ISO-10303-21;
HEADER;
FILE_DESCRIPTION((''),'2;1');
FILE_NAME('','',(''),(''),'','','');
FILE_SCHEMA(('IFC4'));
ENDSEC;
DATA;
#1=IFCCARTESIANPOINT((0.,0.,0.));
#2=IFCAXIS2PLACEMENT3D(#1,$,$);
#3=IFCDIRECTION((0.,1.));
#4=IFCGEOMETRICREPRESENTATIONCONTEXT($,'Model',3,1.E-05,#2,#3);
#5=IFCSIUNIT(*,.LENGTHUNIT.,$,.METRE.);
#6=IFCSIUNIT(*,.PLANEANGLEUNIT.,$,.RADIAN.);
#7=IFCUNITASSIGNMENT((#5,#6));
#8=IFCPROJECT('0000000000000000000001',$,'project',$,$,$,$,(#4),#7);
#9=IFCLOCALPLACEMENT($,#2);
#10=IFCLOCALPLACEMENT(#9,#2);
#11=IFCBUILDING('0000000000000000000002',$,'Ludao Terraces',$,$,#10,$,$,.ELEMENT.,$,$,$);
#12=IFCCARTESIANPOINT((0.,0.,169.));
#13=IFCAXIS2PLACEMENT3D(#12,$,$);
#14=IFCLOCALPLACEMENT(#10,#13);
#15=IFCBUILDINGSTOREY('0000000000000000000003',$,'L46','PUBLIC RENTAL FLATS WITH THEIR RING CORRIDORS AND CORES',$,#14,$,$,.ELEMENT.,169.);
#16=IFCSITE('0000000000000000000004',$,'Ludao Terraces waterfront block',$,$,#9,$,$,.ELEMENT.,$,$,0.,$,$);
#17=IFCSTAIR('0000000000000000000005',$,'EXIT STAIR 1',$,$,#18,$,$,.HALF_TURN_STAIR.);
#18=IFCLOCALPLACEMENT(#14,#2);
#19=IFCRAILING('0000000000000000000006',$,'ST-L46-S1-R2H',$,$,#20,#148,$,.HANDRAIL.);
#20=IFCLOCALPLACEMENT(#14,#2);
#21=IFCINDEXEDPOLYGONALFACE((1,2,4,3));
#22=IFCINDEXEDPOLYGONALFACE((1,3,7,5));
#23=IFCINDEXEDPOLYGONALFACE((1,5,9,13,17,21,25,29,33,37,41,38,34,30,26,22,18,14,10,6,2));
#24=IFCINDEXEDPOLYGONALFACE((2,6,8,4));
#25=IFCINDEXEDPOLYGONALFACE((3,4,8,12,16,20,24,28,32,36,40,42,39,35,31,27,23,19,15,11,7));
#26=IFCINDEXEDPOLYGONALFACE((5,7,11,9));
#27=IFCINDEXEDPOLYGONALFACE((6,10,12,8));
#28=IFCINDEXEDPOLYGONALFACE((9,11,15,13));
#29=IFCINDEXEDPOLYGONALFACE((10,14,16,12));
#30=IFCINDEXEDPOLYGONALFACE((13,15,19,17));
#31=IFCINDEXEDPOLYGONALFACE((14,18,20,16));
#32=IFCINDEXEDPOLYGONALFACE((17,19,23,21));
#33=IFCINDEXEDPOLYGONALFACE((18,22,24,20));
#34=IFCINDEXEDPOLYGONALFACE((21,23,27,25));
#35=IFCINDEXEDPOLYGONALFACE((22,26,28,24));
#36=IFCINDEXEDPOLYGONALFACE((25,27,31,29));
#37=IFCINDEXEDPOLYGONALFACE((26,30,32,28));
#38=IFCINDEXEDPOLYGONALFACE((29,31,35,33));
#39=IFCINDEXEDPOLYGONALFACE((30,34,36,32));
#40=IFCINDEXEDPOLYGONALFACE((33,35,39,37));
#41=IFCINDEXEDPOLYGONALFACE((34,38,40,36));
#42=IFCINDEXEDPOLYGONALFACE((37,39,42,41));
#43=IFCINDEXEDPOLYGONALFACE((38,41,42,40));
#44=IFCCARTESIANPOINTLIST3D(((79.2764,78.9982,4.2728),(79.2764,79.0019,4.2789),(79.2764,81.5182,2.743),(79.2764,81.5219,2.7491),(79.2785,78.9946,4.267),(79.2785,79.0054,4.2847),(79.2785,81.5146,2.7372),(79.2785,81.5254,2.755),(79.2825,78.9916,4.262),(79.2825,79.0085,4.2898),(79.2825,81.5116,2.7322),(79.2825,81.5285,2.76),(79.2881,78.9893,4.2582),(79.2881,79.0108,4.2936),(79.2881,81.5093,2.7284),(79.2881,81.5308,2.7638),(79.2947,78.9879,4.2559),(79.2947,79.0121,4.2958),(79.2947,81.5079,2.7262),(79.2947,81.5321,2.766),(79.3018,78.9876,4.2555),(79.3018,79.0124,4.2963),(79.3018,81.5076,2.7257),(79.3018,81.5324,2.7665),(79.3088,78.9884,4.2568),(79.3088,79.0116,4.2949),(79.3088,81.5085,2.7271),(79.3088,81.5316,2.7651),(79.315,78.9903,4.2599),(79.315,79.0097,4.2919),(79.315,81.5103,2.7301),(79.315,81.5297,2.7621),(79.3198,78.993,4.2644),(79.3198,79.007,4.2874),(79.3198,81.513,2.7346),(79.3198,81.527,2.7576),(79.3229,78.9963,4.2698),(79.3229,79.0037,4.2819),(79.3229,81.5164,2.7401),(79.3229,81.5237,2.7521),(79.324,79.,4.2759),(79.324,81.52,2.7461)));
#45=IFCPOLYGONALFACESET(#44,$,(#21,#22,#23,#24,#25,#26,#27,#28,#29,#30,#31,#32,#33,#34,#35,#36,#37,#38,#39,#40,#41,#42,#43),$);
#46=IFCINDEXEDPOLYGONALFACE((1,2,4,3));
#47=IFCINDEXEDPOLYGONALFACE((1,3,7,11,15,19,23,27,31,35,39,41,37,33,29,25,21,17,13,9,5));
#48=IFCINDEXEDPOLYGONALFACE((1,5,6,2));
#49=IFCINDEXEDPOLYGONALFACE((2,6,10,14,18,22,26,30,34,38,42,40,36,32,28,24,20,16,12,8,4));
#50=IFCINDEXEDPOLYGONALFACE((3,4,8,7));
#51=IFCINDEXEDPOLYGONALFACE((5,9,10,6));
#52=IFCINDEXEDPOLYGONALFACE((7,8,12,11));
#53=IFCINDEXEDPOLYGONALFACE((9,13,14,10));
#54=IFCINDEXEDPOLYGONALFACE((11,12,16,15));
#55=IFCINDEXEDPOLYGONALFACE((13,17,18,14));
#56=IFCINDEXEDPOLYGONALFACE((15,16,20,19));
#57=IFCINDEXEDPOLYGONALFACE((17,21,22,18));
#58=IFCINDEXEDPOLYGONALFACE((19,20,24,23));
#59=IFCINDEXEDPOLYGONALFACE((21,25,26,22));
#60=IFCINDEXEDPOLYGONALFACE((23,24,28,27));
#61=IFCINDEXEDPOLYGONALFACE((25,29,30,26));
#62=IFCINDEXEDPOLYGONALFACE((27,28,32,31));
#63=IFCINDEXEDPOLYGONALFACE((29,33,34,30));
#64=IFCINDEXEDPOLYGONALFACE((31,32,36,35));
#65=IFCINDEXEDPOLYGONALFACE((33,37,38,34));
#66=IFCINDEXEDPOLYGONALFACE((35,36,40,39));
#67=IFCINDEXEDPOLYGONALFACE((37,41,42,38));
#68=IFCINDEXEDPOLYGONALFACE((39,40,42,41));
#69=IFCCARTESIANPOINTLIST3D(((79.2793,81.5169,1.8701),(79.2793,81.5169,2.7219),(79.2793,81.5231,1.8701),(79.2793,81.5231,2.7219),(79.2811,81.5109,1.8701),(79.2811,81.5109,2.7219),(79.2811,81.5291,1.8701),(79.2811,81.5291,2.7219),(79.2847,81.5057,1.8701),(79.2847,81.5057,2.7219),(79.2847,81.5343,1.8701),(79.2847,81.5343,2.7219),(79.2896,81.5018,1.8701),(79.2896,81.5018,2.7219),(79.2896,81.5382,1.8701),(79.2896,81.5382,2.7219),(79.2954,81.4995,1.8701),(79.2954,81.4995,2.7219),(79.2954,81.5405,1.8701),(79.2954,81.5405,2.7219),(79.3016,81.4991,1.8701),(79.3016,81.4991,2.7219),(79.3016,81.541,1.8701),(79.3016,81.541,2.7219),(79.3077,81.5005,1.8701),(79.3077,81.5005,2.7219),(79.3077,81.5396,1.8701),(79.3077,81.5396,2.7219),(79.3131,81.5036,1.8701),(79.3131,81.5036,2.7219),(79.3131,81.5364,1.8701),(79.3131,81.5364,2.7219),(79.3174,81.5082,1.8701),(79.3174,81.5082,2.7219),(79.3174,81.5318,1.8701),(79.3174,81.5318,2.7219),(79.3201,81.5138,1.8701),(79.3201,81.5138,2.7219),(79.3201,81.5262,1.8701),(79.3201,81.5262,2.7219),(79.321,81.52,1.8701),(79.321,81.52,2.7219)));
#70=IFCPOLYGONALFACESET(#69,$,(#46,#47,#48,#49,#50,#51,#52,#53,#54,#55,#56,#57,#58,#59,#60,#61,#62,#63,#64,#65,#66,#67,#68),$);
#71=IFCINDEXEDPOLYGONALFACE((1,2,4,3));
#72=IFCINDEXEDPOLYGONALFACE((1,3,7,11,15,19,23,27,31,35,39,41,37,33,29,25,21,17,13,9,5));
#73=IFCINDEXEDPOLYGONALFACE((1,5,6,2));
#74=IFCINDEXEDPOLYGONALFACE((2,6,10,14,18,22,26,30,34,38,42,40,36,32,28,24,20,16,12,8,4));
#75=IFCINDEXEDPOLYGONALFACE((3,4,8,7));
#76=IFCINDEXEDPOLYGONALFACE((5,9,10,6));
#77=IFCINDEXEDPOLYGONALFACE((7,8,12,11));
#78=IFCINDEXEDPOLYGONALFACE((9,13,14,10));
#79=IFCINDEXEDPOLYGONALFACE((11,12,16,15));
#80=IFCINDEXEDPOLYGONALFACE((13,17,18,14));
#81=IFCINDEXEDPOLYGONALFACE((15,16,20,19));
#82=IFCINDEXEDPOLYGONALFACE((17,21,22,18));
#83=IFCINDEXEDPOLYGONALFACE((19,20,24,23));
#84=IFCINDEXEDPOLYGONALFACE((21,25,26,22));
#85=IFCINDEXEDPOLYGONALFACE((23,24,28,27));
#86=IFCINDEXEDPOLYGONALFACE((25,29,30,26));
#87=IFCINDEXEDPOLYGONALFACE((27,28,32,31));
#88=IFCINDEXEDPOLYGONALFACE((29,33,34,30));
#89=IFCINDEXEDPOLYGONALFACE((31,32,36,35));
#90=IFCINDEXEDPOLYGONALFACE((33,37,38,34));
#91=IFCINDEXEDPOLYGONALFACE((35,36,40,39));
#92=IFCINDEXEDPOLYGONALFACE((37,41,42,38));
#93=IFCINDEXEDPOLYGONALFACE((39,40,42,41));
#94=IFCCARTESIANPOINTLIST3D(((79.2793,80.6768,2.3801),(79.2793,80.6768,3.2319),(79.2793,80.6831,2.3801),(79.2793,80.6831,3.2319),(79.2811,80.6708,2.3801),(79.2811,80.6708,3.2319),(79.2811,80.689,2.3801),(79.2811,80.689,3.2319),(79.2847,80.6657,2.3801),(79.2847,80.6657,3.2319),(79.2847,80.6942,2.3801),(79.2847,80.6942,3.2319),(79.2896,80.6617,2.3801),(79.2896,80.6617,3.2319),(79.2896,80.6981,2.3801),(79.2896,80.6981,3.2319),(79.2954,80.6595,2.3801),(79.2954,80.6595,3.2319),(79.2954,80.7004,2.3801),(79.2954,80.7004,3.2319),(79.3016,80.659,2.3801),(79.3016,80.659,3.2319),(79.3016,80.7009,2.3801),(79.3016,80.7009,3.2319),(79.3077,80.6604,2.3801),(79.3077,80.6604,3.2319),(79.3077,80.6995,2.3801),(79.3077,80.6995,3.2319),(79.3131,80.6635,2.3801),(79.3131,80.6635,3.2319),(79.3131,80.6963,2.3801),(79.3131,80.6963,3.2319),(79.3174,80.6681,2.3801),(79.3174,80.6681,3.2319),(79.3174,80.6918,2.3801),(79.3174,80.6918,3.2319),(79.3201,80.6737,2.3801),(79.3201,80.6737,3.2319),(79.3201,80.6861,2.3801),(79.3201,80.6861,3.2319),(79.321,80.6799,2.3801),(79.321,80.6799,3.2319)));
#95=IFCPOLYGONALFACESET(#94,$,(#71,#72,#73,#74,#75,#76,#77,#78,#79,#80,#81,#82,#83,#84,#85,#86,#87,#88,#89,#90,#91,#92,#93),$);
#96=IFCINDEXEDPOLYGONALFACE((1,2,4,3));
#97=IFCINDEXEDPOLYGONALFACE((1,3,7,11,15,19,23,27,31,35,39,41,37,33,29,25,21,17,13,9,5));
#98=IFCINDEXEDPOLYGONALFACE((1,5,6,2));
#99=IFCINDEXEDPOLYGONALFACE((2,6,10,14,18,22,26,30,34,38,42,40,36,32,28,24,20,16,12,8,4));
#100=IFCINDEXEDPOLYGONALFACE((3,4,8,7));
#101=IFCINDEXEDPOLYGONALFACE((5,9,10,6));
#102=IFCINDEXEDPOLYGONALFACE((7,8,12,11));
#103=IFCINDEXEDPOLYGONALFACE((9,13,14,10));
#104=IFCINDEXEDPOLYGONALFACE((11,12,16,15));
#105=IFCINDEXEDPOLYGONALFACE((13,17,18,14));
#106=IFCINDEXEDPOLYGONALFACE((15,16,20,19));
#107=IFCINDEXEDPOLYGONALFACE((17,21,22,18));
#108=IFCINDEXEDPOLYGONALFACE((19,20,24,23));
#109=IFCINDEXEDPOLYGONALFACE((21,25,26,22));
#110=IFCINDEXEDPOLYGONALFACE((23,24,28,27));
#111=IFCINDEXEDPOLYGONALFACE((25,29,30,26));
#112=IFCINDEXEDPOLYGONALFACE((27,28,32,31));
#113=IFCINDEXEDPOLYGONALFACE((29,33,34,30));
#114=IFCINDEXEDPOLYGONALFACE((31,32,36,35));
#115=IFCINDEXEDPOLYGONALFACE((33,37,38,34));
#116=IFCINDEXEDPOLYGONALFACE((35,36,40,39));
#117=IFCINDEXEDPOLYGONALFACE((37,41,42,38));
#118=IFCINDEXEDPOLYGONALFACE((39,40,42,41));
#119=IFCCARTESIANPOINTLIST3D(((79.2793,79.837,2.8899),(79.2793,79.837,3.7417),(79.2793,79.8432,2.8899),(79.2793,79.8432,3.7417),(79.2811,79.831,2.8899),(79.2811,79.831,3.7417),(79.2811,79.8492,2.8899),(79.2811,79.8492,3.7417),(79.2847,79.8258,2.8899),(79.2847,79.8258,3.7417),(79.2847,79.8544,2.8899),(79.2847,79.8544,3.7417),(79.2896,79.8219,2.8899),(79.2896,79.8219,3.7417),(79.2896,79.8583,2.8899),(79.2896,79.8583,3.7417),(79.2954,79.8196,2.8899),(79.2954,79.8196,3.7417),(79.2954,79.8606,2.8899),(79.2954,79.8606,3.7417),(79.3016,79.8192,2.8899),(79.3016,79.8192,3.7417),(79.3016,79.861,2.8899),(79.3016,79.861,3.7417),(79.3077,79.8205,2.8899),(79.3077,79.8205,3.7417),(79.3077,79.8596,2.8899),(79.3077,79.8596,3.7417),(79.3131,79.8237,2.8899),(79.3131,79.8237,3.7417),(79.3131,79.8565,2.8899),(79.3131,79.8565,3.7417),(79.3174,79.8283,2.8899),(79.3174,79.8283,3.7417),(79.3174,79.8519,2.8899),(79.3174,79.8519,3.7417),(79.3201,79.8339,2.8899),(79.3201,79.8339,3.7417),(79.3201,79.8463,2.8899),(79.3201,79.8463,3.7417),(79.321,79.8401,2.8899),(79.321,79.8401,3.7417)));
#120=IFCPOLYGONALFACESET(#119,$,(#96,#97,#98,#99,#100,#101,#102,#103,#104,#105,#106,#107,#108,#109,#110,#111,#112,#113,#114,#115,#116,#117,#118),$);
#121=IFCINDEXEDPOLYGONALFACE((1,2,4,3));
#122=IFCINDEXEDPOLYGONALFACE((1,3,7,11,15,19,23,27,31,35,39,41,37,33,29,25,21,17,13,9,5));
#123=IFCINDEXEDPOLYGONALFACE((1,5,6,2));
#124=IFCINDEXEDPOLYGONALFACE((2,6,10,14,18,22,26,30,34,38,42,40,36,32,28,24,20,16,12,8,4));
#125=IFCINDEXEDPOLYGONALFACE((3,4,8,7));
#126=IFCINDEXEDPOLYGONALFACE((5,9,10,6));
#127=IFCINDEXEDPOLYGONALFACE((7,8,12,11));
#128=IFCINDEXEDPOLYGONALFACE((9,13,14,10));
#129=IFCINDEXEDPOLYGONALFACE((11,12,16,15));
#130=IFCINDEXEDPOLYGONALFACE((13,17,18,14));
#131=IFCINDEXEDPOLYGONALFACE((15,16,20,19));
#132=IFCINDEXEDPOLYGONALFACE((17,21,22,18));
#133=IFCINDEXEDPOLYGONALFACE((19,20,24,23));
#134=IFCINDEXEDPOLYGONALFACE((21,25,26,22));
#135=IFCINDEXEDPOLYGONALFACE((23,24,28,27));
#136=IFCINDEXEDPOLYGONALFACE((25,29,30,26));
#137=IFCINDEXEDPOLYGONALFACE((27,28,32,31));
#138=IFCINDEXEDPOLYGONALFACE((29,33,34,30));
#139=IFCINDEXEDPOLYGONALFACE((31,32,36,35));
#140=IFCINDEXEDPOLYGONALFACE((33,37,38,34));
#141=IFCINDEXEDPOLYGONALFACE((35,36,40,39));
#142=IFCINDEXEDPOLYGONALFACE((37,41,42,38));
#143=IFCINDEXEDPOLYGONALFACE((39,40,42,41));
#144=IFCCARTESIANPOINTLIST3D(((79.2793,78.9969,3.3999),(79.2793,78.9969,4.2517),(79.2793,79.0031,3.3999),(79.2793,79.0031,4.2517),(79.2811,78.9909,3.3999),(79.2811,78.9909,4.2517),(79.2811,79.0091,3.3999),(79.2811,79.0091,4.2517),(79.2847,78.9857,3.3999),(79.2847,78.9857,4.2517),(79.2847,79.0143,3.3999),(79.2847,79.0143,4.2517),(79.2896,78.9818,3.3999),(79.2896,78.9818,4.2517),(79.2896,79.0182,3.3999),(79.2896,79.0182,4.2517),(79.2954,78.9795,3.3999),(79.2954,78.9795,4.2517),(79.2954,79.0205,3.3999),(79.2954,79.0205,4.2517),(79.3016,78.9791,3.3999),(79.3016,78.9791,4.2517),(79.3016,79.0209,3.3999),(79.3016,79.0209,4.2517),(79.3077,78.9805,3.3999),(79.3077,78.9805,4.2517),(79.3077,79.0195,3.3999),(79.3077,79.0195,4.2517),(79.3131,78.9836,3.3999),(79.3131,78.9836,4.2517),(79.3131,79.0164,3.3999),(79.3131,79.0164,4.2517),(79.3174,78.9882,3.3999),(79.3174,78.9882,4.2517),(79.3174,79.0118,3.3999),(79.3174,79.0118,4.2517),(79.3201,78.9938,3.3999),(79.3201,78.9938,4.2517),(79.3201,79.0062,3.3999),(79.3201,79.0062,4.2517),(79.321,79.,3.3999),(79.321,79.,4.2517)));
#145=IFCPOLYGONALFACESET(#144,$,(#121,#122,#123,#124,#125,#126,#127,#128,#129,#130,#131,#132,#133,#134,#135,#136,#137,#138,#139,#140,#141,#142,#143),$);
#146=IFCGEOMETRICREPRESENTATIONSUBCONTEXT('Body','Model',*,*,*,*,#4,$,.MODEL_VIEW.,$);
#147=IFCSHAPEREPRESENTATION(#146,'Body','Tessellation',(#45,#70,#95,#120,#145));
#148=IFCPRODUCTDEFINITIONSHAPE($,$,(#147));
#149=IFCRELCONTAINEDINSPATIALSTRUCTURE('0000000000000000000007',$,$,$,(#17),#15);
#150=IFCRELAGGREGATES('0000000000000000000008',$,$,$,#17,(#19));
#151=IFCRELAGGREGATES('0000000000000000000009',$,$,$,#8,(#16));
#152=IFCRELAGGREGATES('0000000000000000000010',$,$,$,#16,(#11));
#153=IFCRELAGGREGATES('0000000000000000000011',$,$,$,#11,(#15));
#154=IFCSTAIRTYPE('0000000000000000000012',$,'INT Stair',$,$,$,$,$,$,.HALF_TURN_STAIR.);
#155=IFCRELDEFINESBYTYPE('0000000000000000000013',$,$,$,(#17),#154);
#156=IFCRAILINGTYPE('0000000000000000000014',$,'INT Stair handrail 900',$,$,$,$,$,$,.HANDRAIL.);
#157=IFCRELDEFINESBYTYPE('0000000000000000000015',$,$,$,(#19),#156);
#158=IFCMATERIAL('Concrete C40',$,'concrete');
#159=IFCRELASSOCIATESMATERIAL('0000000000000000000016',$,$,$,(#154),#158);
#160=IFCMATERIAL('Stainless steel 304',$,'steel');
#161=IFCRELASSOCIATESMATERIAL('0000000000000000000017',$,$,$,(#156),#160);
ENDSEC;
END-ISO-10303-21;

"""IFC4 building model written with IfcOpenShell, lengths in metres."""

from ifc_helpers import new_model, si_unit, direction, frame, origin, origin_2d, place, context, subcontext, project, spatial, circle, extrude, material, type_object, element, aggregate, save


model = new_model("IFC4")

# Units and contexts
model_context = context("Model", 3, precision=1e-05, world=origin(), true_north=direction((0.0, 1.0)))
body_context = subcontext(model_context, "Body", "Model", "MODEL_VIEW")
ifc_project = project(units=[si_unit("LENGTHUNIT", "METRE"), si_unit("PLANEANGLEUNIT", "RADIAN")], contexts=[model_context])

# Site, building, storey
site_placement = place(None, origin())
site = spatial("IfcSite", under=ifc_project, at=site_placement, Name="Ludao Terraces waterfront block", CompositionType="ELEMENT", RefElevation=0.0)
building_placement = place(site_placement, origin())
building = spatial("IfcBuilding", under=site, at=building_placement, Name="Ludao Terraces", CompositionType="ELEMENT")
storey_placement = place(building_placement, frame((0.0, 0.0, 169.0)))
storey = spatial("IfcBuildingStorey", under=building, at=storey_placement, Name="L46", Description="PUBLIC RENTAL FLATS WITH THEIR RING CORRIDORS AND CORES", CompositionType="ELEMENT", Elevation=169.0)

# Stair, railing
ifc_material_1 = material(Name="Concrete C40", Category="concrete")
stair_type = type_object("IfcStairType", Name="INT Stair", PredefinedType="HALF_TURN_STAIR", material=ifc_material_1)
stair_placement = place(storey_placement, origin())
stair = element("IfcStair", 1, at=stair_placement, inside=storey, type_object=stair_type, Name="EXIT STAIR 1", PredefinedType="HALF_TURN_STAIR")
ifc_material_2 = material(Name="Stainless steel 304", Category="steel")
railing_type_1 = type_object("IfcRailingType", Name="INT Stair handrail 900", PredefinedType="HANDRAIL", material=ifc_material_2)
railing_1_placement = place(storey_placement, frame((79.3, 81.52, 1.8701)))
railing_1 = element("IfcRailing", 2, at=railing_1_placement, type_object=railing_type_1, Name="ST-L46-S1-R2H", PredefinedType="HANDRAIL", context=body_context, shape_type="SweptSolid", body=[
    extrude(circle(Radius=0.0239, at=origin_2d()), frame((0.0, 0.0, 0.876), z_axis=(0.0, -0.854822, 0.518922), x_axis=(1.0, 0.0, 0.0)), (0.0, 0.0, 1.0), 2.948),
    extrude(circle(Radius=0.021, at=origin_2d()), origin(), (0.0, 0.0, 1.0), 0.8518),
    extrude(circle(Radius=0.021, at=origin_2d()), frame((0.0, -0.8401, 0.51)), (0.0, 0.0, 1.0), 0.8518),
    extrude(circle(Radius=0.021, at=origin_2d()), frame((0.0, -1.6799, 1.0198)), (0.0, 0.0, 1.0), 0.8518),
    extrude(circle(Radius=0.021, at=origin_2d()), frame((0.0, -2.52, 1.5298)), (0.0, 0.0, 1.0), 0.8518),
])
aggregate(stair, [railing_1])

save(model, "model.ifc")
